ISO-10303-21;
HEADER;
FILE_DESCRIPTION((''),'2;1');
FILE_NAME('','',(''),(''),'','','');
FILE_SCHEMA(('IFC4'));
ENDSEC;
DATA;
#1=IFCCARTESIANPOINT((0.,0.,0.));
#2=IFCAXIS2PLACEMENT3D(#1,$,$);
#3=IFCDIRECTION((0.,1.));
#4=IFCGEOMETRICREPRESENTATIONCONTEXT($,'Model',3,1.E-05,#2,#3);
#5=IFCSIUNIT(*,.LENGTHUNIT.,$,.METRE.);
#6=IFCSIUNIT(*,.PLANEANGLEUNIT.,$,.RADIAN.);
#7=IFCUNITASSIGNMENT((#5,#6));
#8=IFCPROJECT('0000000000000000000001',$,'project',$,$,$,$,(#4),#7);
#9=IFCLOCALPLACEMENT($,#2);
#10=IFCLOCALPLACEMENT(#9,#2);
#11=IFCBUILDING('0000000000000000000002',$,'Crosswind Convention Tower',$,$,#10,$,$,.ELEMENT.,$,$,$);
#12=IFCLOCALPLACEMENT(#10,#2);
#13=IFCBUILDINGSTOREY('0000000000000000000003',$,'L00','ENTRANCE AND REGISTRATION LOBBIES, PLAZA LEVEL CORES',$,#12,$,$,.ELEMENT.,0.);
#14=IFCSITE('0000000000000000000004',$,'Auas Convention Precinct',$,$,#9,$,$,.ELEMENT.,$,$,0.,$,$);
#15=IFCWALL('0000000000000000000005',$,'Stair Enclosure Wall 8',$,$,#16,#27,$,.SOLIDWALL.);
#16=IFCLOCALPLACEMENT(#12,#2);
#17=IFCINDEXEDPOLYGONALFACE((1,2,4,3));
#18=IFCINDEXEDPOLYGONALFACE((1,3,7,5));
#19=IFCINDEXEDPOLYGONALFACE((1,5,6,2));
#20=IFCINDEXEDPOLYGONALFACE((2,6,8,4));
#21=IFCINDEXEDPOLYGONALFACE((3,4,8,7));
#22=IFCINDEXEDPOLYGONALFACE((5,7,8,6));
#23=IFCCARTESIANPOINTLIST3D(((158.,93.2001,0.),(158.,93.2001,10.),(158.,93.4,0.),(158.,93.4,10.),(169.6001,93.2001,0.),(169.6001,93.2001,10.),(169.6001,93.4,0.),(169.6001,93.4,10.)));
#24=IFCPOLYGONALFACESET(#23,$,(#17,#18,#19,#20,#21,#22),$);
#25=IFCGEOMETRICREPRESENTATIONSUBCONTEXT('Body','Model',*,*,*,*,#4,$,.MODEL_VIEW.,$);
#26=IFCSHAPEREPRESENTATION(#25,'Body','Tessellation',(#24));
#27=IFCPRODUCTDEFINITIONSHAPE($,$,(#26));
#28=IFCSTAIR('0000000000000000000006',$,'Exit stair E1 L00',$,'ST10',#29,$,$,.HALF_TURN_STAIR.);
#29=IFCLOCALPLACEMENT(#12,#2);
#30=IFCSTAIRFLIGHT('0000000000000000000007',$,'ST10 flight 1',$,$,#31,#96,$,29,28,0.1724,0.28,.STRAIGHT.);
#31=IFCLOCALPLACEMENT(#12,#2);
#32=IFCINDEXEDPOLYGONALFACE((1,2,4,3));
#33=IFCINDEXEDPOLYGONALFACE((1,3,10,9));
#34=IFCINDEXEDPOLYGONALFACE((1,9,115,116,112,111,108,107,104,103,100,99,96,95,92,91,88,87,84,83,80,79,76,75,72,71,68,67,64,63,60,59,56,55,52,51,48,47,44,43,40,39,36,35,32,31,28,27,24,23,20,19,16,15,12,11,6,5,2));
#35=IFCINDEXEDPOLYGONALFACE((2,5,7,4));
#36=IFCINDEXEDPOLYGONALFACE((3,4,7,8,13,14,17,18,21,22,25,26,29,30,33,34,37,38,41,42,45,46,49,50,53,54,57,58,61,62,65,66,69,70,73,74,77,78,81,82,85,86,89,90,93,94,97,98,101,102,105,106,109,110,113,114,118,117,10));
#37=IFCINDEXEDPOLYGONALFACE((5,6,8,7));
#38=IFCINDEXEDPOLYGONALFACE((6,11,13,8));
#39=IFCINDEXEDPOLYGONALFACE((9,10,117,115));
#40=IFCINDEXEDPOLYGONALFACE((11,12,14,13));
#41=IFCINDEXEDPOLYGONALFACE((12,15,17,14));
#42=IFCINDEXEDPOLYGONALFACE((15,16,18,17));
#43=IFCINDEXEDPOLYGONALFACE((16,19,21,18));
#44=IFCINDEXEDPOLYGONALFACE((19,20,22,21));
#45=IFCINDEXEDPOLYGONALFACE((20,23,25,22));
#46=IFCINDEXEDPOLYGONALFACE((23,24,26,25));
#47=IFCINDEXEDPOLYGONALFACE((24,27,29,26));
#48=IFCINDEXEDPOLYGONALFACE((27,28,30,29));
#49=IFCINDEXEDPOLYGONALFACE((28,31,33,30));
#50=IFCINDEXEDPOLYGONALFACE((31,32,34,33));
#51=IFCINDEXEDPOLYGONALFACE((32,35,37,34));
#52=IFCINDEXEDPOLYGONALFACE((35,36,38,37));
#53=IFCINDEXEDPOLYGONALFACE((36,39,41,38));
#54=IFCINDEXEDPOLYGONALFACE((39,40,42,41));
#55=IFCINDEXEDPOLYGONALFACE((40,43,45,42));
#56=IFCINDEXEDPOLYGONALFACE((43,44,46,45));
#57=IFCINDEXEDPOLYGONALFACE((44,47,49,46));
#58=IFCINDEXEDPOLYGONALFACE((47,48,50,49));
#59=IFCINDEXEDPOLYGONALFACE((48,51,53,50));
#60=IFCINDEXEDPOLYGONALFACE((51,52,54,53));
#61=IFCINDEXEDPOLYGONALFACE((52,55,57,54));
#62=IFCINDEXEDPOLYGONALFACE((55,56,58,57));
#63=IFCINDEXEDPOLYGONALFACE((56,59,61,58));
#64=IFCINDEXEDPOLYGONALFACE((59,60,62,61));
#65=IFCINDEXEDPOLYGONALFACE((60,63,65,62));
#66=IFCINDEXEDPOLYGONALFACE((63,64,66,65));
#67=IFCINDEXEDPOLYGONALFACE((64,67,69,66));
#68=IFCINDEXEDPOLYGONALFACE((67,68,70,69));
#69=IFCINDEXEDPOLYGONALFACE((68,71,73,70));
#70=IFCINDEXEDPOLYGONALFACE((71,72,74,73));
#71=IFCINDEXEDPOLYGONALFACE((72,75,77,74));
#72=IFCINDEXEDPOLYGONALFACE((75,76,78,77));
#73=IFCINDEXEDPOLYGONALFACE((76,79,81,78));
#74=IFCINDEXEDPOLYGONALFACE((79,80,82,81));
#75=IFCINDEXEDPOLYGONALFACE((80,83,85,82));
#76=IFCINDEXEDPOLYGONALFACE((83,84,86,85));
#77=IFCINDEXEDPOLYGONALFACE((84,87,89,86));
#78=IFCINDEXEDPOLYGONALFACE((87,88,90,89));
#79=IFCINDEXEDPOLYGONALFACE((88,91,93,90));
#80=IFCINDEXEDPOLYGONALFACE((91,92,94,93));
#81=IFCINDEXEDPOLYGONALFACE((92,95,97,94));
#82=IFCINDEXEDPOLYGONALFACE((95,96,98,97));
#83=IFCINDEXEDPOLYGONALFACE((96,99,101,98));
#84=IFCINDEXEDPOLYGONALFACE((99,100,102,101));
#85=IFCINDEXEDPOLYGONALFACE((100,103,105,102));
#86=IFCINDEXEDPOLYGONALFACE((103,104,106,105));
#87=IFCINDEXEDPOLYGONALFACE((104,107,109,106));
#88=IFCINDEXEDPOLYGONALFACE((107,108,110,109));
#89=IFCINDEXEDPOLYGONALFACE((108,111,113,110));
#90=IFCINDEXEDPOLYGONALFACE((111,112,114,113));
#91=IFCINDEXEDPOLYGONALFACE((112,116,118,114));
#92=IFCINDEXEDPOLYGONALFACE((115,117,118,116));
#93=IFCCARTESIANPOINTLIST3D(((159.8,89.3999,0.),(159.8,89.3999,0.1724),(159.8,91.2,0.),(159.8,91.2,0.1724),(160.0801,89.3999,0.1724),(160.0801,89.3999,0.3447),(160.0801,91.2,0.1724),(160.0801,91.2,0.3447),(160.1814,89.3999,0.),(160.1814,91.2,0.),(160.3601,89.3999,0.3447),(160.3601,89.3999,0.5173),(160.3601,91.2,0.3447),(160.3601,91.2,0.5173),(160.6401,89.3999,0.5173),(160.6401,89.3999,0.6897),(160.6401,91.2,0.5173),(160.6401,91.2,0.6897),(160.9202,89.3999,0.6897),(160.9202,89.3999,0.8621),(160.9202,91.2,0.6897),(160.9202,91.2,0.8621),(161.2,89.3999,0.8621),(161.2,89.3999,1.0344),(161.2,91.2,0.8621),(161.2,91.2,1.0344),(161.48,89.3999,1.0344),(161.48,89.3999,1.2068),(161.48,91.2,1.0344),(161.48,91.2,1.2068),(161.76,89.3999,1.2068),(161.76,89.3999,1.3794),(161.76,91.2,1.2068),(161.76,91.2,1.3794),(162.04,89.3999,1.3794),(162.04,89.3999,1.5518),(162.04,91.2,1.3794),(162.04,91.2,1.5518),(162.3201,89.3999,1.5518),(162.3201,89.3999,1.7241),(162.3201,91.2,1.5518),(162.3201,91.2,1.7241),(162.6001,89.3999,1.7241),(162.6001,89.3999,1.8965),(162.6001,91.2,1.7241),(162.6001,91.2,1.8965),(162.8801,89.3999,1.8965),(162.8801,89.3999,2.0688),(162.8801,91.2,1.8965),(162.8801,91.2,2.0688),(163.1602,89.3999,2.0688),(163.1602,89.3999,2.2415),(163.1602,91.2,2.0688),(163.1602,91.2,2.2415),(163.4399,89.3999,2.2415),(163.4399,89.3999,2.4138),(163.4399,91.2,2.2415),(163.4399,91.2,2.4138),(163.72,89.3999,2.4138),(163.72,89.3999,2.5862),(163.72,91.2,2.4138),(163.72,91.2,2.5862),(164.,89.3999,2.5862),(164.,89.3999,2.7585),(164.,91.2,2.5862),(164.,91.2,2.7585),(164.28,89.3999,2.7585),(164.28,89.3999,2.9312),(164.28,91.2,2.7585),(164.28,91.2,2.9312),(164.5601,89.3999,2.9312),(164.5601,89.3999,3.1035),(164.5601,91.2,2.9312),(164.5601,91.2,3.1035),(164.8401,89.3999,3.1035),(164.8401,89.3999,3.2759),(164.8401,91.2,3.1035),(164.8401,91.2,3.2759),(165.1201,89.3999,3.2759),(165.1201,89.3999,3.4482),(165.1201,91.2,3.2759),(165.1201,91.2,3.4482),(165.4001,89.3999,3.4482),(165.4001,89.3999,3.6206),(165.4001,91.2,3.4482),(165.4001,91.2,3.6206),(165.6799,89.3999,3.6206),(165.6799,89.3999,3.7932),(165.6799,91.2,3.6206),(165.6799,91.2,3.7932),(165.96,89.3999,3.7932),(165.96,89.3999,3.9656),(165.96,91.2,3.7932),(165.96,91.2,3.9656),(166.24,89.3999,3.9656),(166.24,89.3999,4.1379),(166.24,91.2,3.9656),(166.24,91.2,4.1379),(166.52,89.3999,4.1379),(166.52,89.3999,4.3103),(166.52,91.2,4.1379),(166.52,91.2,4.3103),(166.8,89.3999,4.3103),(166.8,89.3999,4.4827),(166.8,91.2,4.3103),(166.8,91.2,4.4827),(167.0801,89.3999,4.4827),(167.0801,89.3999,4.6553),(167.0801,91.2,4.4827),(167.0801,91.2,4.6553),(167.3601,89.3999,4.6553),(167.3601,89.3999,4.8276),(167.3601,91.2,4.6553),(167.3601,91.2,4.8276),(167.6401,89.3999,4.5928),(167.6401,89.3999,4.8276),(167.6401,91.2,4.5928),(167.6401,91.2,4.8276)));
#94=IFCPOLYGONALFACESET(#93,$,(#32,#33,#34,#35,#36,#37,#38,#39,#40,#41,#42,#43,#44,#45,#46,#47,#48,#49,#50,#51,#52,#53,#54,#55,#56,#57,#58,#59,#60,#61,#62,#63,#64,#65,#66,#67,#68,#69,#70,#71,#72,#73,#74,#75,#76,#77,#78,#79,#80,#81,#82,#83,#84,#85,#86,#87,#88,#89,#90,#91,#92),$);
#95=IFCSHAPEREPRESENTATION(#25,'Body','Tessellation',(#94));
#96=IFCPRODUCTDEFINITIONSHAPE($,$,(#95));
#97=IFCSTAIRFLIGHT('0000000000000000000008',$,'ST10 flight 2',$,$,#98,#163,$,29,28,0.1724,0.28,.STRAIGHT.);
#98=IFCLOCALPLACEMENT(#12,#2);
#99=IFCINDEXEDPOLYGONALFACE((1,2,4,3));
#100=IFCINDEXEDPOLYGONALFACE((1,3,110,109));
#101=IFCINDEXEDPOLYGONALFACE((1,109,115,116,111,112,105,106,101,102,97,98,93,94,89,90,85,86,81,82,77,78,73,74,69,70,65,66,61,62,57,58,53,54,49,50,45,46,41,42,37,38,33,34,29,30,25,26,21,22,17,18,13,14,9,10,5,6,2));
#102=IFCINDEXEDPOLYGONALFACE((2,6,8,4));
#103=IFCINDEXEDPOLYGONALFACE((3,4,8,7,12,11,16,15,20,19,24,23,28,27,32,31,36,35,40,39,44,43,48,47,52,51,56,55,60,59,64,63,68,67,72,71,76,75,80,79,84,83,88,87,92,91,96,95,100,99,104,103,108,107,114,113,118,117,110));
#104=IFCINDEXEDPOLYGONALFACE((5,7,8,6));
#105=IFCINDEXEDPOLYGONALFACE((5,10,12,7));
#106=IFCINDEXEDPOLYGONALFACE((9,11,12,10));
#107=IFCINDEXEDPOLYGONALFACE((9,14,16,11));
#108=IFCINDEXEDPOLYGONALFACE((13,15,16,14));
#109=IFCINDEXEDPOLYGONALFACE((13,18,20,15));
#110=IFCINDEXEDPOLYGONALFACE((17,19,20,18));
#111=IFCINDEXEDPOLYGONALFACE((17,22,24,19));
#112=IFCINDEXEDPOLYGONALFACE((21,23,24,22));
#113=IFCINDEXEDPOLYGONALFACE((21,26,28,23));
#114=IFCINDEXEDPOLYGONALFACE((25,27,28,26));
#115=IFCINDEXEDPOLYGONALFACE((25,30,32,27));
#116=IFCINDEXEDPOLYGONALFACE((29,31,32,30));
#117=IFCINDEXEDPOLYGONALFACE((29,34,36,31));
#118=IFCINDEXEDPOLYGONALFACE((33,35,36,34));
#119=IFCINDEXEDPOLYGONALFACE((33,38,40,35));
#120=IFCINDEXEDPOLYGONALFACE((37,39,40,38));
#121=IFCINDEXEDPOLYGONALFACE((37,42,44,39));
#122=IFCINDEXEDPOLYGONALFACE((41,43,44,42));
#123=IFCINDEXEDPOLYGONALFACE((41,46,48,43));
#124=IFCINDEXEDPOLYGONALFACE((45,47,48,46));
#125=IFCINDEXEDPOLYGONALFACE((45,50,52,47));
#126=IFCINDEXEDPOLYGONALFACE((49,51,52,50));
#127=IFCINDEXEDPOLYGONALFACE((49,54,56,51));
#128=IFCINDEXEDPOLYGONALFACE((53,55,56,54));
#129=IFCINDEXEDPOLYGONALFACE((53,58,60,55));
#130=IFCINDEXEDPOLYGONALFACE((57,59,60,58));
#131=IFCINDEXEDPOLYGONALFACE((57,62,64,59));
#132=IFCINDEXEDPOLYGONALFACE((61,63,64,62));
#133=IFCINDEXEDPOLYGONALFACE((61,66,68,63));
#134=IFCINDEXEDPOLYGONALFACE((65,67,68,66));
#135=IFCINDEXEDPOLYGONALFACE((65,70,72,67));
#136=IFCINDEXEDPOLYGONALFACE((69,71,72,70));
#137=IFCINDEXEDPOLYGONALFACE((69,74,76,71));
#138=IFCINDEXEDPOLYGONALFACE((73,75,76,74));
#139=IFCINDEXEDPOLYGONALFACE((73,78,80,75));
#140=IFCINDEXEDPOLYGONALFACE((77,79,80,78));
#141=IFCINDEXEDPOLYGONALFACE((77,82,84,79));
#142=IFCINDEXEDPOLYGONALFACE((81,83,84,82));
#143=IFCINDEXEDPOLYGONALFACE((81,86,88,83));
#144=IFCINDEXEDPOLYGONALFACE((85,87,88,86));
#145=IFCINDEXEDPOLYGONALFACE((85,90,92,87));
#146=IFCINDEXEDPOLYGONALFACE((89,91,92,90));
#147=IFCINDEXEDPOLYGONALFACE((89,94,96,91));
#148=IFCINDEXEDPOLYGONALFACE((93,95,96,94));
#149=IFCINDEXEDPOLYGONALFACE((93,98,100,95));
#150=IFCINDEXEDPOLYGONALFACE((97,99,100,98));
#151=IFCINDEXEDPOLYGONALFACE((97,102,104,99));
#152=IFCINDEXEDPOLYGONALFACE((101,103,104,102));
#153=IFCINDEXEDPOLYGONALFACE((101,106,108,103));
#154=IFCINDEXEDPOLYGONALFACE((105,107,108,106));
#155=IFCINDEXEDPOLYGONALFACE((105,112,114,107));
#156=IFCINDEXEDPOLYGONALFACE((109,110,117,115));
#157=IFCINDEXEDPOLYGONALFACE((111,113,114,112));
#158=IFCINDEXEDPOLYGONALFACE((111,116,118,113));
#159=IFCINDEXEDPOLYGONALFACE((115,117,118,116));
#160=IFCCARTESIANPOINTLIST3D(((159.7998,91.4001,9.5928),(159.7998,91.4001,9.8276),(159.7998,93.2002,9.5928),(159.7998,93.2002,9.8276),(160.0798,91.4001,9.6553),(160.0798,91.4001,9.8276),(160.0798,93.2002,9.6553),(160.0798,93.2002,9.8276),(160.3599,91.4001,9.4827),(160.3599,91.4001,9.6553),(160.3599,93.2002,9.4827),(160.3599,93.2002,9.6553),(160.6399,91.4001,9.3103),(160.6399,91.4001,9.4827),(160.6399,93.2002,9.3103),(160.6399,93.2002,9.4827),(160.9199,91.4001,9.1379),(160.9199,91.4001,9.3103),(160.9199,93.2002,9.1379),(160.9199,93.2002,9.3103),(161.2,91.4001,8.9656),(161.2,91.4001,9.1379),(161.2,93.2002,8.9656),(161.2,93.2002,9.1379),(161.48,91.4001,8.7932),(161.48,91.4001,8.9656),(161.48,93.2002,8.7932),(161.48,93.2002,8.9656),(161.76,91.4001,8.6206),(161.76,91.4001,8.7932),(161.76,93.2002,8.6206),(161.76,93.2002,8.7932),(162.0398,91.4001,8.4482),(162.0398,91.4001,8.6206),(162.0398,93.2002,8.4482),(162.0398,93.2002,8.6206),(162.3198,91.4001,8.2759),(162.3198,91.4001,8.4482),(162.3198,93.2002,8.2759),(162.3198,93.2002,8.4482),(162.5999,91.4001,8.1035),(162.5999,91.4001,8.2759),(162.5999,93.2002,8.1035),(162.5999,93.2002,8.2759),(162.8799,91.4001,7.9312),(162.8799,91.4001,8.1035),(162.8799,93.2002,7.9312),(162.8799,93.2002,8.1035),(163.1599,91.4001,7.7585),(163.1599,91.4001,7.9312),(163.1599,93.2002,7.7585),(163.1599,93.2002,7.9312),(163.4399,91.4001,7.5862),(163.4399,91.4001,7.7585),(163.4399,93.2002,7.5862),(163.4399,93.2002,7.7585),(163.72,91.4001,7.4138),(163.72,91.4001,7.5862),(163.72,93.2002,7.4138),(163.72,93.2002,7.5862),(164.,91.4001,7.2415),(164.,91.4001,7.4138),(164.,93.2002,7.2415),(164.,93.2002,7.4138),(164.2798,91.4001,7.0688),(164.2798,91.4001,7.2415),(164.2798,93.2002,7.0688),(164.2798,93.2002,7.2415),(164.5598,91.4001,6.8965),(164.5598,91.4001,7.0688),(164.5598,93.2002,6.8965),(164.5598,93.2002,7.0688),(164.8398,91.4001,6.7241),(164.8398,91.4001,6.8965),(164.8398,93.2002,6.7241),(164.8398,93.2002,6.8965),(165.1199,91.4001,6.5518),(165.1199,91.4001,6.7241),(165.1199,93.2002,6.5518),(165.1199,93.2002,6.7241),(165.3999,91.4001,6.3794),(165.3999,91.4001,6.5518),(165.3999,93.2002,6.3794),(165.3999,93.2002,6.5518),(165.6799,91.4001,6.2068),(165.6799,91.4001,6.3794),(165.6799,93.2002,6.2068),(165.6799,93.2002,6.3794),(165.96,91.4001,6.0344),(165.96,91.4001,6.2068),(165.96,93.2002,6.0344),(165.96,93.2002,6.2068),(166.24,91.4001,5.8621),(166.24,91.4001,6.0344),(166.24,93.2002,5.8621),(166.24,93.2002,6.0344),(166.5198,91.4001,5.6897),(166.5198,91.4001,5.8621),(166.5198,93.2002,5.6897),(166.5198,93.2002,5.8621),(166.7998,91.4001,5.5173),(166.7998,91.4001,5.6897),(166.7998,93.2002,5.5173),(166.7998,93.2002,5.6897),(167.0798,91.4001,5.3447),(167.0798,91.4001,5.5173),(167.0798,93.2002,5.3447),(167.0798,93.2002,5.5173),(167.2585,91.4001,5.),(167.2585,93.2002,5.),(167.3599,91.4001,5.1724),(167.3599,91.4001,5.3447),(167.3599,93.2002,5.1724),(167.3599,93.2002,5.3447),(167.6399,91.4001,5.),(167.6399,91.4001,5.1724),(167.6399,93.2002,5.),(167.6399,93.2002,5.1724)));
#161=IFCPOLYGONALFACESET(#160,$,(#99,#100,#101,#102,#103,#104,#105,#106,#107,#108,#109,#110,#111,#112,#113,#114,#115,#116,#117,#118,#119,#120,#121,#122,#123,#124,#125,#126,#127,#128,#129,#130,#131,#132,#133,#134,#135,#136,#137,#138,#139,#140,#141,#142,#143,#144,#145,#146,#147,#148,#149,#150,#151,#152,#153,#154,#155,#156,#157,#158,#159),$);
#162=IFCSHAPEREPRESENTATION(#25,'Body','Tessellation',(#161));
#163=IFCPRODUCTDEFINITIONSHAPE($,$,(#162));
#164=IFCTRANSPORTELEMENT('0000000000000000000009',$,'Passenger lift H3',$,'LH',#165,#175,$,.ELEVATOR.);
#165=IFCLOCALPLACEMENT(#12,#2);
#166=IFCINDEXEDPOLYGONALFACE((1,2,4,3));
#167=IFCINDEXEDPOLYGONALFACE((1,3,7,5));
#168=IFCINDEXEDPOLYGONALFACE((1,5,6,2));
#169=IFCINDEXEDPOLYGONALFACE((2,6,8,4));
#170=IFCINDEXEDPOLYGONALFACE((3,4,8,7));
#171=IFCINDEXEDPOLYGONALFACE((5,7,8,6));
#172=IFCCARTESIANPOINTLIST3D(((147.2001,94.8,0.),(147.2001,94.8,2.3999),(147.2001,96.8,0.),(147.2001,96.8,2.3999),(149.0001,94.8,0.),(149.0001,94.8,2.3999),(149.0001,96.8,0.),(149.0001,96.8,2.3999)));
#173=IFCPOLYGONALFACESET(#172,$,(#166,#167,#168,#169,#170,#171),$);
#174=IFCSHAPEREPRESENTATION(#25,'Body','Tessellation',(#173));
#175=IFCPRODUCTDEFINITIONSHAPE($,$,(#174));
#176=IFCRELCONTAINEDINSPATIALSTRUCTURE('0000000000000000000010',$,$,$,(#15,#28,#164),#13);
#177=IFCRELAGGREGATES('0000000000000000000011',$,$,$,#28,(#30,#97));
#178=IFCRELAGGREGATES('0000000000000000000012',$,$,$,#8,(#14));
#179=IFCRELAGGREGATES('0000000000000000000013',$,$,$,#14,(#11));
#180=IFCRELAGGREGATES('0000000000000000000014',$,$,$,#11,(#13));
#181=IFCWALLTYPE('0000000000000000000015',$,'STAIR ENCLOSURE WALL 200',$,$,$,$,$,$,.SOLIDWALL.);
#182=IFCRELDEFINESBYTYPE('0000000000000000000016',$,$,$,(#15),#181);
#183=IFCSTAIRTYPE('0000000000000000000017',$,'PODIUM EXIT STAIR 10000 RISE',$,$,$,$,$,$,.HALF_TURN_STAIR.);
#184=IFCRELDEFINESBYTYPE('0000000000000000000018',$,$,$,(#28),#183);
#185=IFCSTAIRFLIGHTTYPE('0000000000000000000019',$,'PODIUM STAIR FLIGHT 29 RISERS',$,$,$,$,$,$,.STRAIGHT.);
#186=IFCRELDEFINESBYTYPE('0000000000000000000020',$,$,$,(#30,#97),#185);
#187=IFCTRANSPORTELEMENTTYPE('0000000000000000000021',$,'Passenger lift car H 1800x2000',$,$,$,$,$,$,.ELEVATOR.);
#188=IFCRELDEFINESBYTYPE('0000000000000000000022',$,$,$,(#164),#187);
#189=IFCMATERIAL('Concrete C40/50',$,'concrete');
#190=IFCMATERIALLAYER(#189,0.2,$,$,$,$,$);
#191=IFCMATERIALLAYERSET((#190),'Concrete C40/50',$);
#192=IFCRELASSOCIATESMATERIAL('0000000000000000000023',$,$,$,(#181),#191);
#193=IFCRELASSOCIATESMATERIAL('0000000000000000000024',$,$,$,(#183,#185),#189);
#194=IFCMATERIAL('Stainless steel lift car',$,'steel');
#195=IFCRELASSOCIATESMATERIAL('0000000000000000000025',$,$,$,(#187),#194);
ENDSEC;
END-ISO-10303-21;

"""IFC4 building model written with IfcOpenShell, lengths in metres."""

from ifc_helpers import new_model, si_unit, direction, frame, frame_2d, origin, origin_2d, place, context, subcontext, project, spatial, polyline, rectangle, outline, extrude, material, layer, layer_set, type_object, element, aggregate, save


model = new_model("IFC4")

# Units and contexts
model_context = context("Model", 3, precision=1e-05, world=origin(), true_north=direction((0.0, 1.0)))
body_context = subcontext(model_context, "Body", "Model", "MODEL_VIEW")
ifc_project = project(units=[si_unit("LENGTHUNIT", "METRE"), si_unit("PLANEANGLEUNIT", "RADIAN")], contexts=[model_context])

# Site, building, storey
site_placement = place(None, origin())
site = spatial("IfcSite", under=ifc_project, at=site_placement, Name="Auas Convention Precinct", CompositionType="ELEMENT", RefElevation=0.0)
building_placement = place(site_placement, origin())
building = spatial("IfcBuilding", under=site, at=building_placement, Name="Crosswind Convention Tower", CompositionType="ELEMENT")
storey_placement = place(building_placement, origin())
storey = spatial("IfcBuildingStorey", under=building, at=storey_placement, Name="L00", Description="ENTRANCE AND REGISTRATION LOBBIES, PLAZA LEVEL CORES", CompositionType="ELEMENT", Elevation=0.0)

# Shared definitions
ifc_material_1 = material(Name="Concrete C40/50", Category="concrete")

# Wall
ifc_layer_1 = layer(ifc_material_1, 0.2)
ifc_layer_set_1 = layer_set([ifc_layer_1], Name="Concrete C40/50")
wall_type_1 = type_object("IfcWallType", Name="STAIR ENCLOSURE WALL 200", PredefinedType="SOLIDWALL", material=ifc_layer_set_1)
wall_1_placement = place(storey_placement, frame((158.0, 93.3, 0.0), z_axis=(0.0, 0.0, 1.0), x_axis=(1.0, 0.0, 0.0)))
element("IfcWall", 1, at=wall_1_placement, inside=storey, type_object=wall_type_1, Name="Stair Enclosure Wall 8", PredefinedType="SOLIDWALL", context=body_context, shape_type="SweptSolid", body=[
    extrude(rectangle(XDim=11.6001, YDim=0.2, at=frame_2d((5.8, 0.0))), origin(), (0.0, 0.0, 1.0), 10.0),
])

# Stair, stair flights
stair_type = type_object("IfcStairType", Name="PODIUM EXIT STAIR 10000 RISE", PredefinedType="HALF_TURN_STAIR", material=ifc_material_1)
stair_placement = place(storey_placement, origin())
stair = element("IfcStair", 2, at=stair_placement, inside=storey, type_object=stair_type, Name="Exit stair E1 L00", ObjectType="ST10", PredefinedType="HALF_TURN_STAIR")
stair_flight_type = type_object("IfcStairFlightType", Name="PODIUM STAIR FLIGHT 29 RISERS", PredefinedType="STRAIGHT", material=ifc_material_1)
stair_flight_1_placement = place(storey_placement, frame((159.8, 90.3, 0.0), z_axis=(0.0, 0.0, 1.0), x_axis=(1.0, 0.0, 0.0)))
stair_flight_1 = element("IfcStairFlight", 3, at=stair_flight_1_placement, type_object=stair_flight_type, Name="ST10 flight 1", NumberOfRisers=29, NumberOfTreads=28, PredefinedType="STRAIGHT", RiserHeight=0.1724, TreadLength=0.28, context=body_context, shape_type="SweptSolid", body=[
    extrude(outline(polyline([(0.0, 0.0), (0.0, 0.1724), (0.28, 0.1724), (0.28, 0.3447), (0.5601, 0.3447), (0.5601, 0.5173), (0.8401, 0.5173), (0.8401, 0.6897), (1.1201, 0.6897), (1.1201, 0.8621), (1.3999, 0.8621), (1.3999, 1.0344), (1.6799, 1.0344), (1.6799, 1.2068), (1.96, 1.2068), (1.96, 1.3794), (2.24, 1.3794), (2.24, 1.5518), (2.52, 1.5518), (2.52, 1.7241), (2.8, 1.7241), (2.8, 1.8965), (3.0801, 1.8965), (3.0801, 2.0688), (3.3601, 2.0688), (3.3601, 2.2415), (3.6399, 2.2415), (3.6399, 2.4138), (3.9199, 2.4138), (3.9199, 2.5862), (4.2, 2.5862), (4.2, 2.7585), (4.48, 2.7585), (4.48, 2.9312), (4.76, 2.9312), (4.76, 3.1035), (5.04, 3.1035), (5.04, 3.2759), (5.3201, 3.2759), (5.3201, 3.4482), (5.6001, 3.4482), (5.6001, 3.6206), (5.8799, 3.6206), (5.8799, 3.7932), (6.1599, 3.7932), (6.1599, 3.9656), (6.4399, 3.9656), (6.4399, 4.1379), (6.72, 4.1379), (6.72, 4.3103), (7.0, 4.3103), (7.0, 4.4827), (7.28, 4.4827), (7.28, 4.6553), (7.5601, 4.6553), (7.5601, 4.8276), (7.8401, 4.8276), (7.8401, 5.0), (7.8401, 4.5928), (0.3813, 0.0), (0.0, 0.0)])), frame((0.0, 0.8999, 0.0), z_axis=(0.0, -1.0, 0.0), x_axis=(1.0, 0.0, 0.0)), (0.0, 0.0, 1.0), 1.8),
])
stair_flight_2_placement = place(storey_placement, frame((167.6399, 92.3, 5.0), z_axis=(0.0, 0.0, 1.0), x_axis=(-1.0, 0.0, 0.0)))
stair_flight_2 = element("IfcStairFlight", 4, at=stair_flight_2_placement, type_object=stair_flight_type, Name="ST10 flight 2", NumberOfRisers=29, NumberOfTreads=28, PredefinedType="STRAIGHT", RiserHeight=0.1724, TreadLength=0.28, context=body_context, shape_type="SweptSolid", body=[
    extrude(outline(polyline([(0.0, 0.0), (0.0, 0.1724), (0.28, 0.1724), (0.28, 0.3447), (0.5601, 0.3447), (0.5601, 0.5173), (0.8401, 0.5173), (0.8401, 0.6897), (1.1201, 0.6897), (1.1201, 0.8621), (1.3999, 0.8621), (1.3999, 1.0344), (1.6799, 1.0344), (1.6799, 1.2068), (1.96, 1.2068), (1.96, 1.3794), (2.24, 1.3794), (2.24, 1.5518), (2.52, 1.5518), (2.52, 1.7241), (2.8, 1.7241), (2.8, 1.8965), (3.0801, 1.8965), (3.0801, 2.0688), (3.3601, 2.0688), (3.3601, 2.2415), (3.6399, 2.2415), (3.6399, 2.4138), (3.9199, 2.4138), (3.9199, 2.5862), (4.2, 2.5862), (4.2, 2.7585), (4.48, 2.7585), (4.48, 2.9312), (4.76, 2.9312), (4.76, 3.1035), (5.04, 3.1035), (5.04, 3.2759), (5.3201, 3.2759), (5.3201, 3.4482), (5.6001, 3.4482), (5.6001, 3.6206), (5.8799, 3.6206), (5.8799, 3.7932), (6.1599, 3.7932), (6.1599, 3.9656), (6.4399, 3.9656), (6.4399, 4.1379), (6.72, 4.1379), (6.72, 4.3103), (7.0, 4.3103), (7.0, 4.4827), (7.28, 4.4827), (7.28, 4.6553), (7.5601, 4.6553), (7.5601, 4.8276), (7.8401, 4.8276), (7.8401, 5.0), (7.8401, 4.5928), (0.3813, 0.0), (0.0, 0.0)])), frame((0.0, 0.8999, 0.0), z_axis=(0.0, -1.0, 0.0), x_axis=(1.0, 0.0, 0.0)), (0.0, 0.0, 1.0), 1.8),
])
aggregate(stair, [stair_flight_1, stair_flight_2])

# Transport element
ifc_material_2 = material(Name="Stainless steel lift car", Category="steel")
transport_element_type_1 = type_object("IfcTransportElementType", Name="Passenger lift car H 1800x2000", PredefinedType="ELEVATOR", material=ifc_material_2)
for number, where, z_axis, x_axis, name in (
    (5, (148.1001, 95.8, 0.0), (0.0, 0.0, 1.0), (1.0, 0.0, 0.0), "Passenger lift H3"),
):
    element("IfcTransportElement", number, at=place(storey_placement, frame(where, z_axis=z_axis, x_axis=x_axis)), inside=storey, type_object=transport_element_type_1, Name=name, ObjectType="LH", PredefinedType="ELEVATOR", context=body_context, shape_type="SweptSolid", body=[
        extrude(rectangle(XDim=1.8, YDim=2.0, at=origin_2d()), origin(), (0.0, 0.0, 1.0), 2.3999),
    ])

save(model, "model.ifc")
